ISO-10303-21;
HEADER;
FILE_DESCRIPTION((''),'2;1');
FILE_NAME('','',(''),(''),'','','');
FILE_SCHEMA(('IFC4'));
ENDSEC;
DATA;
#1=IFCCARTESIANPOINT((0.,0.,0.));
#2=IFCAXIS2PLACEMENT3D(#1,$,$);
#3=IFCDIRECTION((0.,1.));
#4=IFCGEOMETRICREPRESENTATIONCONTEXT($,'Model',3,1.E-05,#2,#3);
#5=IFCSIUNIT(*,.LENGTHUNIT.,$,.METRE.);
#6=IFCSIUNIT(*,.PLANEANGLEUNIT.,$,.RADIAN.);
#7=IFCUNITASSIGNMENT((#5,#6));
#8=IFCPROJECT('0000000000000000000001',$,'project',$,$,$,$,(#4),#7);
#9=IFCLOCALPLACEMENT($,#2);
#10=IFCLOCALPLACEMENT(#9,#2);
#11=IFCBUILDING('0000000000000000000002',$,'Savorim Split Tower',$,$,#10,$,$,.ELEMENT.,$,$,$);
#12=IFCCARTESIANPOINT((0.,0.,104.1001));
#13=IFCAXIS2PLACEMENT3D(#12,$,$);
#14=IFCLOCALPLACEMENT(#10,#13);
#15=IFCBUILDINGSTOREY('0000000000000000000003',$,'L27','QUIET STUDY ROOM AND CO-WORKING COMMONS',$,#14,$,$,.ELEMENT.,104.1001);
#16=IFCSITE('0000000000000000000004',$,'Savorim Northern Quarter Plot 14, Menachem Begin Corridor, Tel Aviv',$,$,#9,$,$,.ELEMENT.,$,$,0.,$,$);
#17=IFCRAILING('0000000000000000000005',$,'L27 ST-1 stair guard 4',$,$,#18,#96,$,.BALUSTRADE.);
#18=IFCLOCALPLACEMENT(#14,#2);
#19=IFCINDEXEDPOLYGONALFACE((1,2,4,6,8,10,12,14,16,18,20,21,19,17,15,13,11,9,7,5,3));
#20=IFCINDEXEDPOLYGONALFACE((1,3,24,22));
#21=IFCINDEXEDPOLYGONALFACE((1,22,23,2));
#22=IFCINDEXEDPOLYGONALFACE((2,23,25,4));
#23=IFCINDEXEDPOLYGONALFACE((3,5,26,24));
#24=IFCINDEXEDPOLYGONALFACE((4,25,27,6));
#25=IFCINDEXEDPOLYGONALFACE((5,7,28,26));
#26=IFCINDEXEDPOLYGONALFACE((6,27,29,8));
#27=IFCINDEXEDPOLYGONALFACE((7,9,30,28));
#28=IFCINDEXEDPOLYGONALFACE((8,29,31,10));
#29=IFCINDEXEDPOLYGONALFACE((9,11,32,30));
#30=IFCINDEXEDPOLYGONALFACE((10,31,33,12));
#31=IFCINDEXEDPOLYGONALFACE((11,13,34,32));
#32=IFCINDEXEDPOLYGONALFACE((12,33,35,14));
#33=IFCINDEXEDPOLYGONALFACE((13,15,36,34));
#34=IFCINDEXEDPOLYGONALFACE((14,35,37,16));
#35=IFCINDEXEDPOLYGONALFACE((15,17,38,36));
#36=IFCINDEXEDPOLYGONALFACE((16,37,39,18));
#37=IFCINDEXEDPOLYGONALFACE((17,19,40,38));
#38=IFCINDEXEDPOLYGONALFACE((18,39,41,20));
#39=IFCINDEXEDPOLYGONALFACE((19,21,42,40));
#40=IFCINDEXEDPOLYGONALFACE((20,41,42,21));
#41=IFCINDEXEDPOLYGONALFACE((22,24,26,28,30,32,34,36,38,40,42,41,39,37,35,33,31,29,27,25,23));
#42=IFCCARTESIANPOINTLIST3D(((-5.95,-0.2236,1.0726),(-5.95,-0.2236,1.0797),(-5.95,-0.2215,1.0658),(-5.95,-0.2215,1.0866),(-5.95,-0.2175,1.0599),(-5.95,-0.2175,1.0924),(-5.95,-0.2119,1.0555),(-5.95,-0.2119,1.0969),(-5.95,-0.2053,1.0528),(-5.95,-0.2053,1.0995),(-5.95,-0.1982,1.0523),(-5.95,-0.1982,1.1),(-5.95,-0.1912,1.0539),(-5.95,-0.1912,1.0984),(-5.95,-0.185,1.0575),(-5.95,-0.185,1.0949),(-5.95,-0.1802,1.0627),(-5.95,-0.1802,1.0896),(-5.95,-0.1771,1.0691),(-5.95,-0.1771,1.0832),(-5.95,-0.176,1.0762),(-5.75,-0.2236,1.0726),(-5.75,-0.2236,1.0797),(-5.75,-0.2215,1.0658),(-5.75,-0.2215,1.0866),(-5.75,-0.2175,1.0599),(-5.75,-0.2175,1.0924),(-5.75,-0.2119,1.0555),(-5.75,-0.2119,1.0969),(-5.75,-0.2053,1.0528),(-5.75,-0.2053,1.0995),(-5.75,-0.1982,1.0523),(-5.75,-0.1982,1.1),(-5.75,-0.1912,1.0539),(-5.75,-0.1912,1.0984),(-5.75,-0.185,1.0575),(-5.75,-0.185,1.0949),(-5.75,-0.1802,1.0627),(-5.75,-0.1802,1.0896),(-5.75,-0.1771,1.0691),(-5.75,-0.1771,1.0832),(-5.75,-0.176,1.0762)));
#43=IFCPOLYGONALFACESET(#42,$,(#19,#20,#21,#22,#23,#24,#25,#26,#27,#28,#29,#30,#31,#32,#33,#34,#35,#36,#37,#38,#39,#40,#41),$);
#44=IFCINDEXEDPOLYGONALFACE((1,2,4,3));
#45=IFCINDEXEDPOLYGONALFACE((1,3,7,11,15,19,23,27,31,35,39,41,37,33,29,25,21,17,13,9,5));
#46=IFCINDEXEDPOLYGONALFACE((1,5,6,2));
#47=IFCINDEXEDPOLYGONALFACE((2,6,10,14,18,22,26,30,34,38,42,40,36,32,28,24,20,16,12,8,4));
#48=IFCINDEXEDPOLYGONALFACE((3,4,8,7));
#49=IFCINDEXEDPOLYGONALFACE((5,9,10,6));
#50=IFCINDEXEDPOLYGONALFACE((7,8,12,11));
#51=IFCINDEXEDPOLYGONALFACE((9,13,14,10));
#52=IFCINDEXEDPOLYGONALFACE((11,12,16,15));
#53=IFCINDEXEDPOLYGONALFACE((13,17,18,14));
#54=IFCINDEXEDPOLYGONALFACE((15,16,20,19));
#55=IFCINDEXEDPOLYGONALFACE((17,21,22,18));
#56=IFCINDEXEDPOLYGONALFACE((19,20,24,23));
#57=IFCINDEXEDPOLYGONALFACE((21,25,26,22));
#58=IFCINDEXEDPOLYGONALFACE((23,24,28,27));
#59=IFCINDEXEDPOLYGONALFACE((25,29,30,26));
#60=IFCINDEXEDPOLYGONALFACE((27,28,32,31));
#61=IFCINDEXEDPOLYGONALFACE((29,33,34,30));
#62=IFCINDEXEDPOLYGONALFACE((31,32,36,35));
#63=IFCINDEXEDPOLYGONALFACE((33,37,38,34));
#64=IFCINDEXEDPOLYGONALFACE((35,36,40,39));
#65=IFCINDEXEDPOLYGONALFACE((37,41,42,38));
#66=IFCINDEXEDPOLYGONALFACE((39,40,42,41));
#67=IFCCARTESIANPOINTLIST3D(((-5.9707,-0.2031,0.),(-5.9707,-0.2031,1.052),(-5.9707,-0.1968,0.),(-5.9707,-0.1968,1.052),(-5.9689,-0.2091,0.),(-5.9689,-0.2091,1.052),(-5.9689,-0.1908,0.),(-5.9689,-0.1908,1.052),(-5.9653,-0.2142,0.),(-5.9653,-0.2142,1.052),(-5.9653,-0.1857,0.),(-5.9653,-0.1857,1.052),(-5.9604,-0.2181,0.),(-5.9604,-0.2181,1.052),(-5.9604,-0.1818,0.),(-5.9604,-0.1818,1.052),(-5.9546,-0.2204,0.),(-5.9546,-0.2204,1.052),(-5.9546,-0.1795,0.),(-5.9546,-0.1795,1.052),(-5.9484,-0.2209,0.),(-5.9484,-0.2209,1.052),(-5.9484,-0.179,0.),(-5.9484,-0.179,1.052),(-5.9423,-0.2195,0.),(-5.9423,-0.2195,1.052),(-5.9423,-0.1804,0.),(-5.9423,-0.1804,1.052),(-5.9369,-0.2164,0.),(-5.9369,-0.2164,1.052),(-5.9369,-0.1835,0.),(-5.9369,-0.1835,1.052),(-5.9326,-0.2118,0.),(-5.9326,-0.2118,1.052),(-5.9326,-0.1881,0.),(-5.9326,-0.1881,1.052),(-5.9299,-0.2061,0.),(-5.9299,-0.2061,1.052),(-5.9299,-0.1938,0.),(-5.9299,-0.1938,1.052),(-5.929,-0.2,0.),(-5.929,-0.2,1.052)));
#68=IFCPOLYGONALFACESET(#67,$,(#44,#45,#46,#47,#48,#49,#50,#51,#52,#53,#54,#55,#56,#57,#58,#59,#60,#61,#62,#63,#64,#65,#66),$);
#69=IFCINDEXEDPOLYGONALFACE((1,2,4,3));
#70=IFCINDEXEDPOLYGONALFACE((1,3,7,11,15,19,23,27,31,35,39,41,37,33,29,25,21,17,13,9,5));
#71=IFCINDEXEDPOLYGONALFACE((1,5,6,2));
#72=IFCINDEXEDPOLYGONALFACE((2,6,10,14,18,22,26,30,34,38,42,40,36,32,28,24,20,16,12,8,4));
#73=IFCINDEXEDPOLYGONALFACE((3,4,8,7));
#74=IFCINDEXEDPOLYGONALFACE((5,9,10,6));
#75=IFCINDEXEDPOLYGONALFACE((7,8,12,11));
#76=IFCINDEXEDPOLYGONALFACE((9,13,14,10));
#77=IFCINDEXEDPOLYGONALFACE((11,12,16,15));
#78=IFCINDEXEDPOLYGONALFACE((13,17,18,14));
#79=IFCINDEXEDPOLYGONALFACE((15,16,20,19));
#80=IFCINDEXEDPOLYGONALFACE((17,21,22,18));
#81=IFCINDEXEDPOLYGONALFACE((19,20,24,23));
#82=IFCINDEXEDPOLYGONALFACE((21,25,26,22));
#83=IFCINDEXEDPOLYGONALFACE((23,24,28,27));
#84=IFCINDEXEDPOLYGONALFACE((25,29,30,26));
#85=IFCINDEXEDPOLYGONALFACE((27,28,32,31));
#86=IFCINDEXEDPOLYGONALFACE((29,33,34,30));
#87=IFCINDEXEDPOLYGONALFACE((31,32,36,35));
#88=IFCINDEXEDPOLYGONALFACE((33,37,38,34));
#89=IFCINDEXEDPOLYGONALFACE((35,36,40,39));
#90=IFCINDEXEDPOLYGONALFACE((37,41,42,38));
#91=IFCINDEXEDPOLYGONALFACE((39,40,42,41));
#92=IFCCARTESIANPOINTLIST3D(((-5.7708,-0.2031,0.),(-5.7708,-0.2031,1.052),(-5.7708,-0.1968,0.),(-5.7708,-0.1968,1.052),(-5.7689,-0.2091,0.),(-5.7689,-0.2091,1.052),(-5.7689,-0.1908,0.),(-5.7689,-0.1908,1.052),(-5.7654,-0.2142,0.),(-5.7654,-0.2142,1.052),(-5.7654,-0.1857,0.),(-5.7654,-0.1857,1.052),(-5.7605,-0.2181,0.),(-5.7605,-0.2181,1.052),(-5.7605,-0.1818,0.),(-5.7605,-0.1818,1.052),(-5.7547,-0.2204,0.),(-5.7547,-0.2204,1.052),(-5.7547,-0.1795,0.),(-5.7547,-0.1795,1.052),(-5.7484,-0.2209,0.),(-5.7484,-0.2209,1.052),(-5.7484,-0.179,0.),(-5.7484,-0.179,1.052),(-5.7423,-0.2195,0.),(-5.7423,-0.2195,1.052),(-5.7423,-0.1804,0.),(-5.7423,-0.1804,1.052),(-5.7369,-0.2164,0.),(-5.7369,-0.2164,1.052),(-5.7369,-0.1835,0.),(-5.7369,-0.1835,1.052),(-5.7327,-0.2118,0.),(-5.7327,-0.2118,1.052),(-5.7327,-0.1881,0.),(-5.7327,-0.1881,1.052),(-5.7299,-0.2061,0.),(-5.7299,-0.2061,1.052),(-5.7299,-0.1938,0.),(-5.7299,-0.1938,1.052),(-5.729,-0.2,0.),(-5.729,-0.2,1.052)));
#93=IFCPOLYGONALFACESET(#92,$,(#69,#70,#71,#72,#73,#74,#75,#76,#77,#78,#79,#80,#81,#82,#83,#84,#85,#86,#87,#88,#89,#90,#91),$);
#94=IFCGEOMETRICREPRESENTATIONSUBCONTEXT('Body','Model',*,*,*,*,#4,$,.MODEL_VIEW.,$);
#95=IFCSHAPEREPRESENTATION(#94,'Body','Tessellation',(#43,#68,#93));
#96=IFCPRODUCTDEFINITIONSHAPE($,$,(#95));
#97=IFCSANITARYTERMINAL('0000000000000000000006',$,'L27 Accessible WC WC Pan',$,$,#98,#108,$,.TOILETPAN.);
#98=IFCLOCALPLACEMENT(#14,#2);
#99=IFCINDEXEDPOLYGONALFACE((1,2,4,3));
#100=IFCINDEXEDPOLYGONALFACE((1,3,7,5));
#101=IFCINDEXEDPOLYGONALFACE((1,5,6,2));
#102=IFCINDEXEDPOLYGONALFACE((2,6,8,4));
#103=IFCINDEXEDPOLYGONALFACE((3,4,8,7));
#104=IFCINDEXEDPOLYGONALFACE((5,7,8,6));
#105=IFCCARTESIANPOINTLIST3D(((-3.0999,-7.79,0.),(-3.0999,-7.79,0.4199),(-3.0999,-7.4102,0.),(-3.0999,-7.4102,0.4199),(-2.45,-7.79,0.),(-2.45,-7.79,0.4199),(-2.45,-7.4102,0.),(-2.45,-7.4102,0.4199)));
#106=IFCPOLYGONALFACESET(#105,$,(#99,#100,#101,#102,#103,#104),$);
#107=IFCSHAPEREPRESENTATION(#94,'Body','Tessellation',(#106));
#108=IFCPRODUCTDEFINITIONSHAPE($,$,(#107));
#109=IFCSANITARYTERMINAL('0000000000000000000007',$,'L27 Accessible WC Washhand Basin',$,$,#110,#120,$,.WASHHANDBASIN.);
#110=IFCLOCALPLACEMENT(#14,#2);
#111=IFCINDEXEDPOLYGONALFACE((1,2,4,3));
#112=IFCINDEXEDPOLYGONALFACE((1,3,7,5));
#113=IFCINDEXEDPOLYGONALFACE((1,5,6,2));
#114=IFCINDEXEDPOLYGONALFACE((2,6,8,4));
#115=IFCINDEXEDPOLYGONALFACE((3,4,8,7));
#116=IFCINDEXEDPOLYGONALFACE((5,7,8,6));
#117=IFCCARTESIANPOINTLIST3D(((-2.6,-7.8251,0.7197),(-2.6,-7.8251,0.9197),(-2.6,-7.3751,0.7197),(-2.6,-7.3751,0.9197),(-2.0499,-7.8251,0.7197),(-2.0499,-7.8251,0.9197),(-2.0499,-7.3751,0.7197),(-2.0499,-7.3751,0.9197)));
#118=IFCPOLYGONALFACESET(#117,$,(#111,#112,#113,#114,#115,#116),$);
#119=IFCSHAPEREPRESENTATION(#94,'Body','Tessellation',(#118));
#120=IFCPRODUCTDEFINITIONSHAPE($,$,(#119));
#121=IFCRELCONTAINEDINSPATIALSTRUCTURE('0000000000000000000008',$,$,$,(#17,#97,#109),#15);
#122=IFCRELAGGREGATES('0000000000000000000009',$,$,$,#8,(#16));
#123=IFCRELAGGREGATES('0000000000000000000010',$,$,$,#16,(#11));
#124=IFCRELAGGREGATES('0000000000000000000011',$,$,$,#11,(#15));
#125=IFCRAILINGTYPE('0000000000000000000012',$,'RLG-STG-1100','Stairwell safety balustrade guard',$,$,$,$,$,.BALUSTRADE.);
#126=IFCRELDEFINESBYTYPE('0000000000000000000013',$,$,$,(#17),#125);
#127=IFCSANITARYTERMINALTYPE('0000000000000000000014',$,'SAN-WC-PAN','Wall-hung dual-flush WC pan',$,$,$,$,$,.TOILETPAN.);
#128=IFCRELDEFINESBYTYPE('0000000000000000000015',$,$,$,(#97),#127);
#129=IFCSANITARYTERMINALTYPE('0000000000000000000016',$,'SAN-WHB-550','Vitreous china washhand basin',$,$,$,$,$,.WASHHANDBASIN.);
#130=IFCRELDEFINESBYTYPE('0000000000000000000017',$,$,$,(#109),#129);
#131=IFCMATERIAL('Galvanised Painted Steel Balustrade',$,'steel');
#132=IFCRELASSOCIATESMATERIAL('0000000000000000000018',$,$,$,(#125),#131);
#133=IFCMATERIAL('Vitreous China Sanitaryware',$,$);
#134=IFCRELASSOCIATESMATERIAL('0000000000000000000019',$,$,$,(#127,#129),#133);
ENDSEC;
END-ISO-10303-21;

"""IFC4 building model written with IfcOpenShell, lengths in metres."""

from ifc_helpers import new_model, si_unit, direction, frame, origin, origin_2d, place, context, subcontext, project, spatial, rectangle, circle, extrude, material, type_object, element, save


model = new_model("IFC4")

# Units and contexts
model_context = context("Model", 3, precision=1e-05, world=origin(), true_north=direction((0.0, 1.0)))
body_context = subcontext(model_context, "Body", "Model", "MODEL_VIEW")
ifc_project = project(units=[si_unit("LENGTHUNIT", "METRE"), si_unit("PLANEANGLEUNIT", "RADIAN")], contexts=[model_context])

# Site, building, storey
site_placement = place(None, origin())
site = spatial("IfcSite", under=ifc_project, at=site_placement, Name="Savorim Northern Quarter Plot 14, Menachem Begin Corridor, Tel Aviv", CompositionType="ELEMENT", RefElevation=0.0)
building_placement = place(site_placement, origin())
building = spatial("IfcBuilding", under=site, at=building_placement, Name="Savorim Split Tower", CompositionType="ELEMENT")
storey_placement = place(building_placement, frame((0.0, 0.0, 104.1001)))
storey = spatial("IfcBuildingStorey", under=building, at=storey_placement, Name="L27", Description="QUIET STUDY ROOM AND CO-WORKING COMMONS", CompositionType="ELEMENT", Elevation=104.1001)

# Railing
ifc_material_1 = material(Name="Galvanised Painted Steel Balustrade", Category="steel")
railing_type_1 = type_object("IfcRailingType", Name="RLG-STG-1100", Description="Stairwell safety balustrade guard", PredefinedType="BALUSTRADE", material=ifc_material_1)
railing_1_placement = place(storey_placement, frame((-5.95, -0.2, 0.0)))
element("IfcRailing", 1, at=railing_1_placement, inside=storey, type_object=railing_type_1, Name="L27 ST-1 stair guard 4", PredefinedType="BALUSTRADE", context=body_context, shape_type="SweptSolid", body=[
    extrude(circle(Radius=0.0239, at=origin_2d()), frame((0.0, 0.0, 1.0762), z_axis=(1.0, 0.0, 0.0), x_axis=(0.0, 1.0, 0.0)), (0.0, 0.0, 1.0), 0.2),
    extrude(circle(Radius=0.021, at=origin_2d()), origin(), (0.0, 0.0, 1.0), 1.052),
    extrude(circle(Radius=0.021, at=origin_2d()), frame((0.2, 0.0, 0.0)), (0.0, 0.0, 1.0), 1.052),
])

# Sanitary terminals
ifc_material_2 = material(Name="Vitreous China Sanitaryware")
sanitary_terminal_type_1 = type_object("IfcSanitaryTerminalType", Name="SAN-WC-PAN", Description="Wall-hung dual-flush WC pan", PredefinedType="TOILETPAN", material=ifc_material_2)
sanitary_terminal_1_placement = place(storey_placement, frame((-2.7749, -7.6001, 0.0), z_axis=(0.0, 0.0, 1.0), x_axis=(1.0, 0.0, 0.0)))
element("IfcSanitaryTerminal", 2, at=sanitary_terminal_1_placement, inside=storey, type_object=sanitary_terminal_type_1, Name="L27 Accessible WC WC Pan", PredefinedType="TOILETPAN", context=body_context, shape_type="SweptSolid", body=[
    extrude(rectangle(XDim=0.6499, YDim=0.3799, at=origin_2d()), origin(), (0.0, 0.0, 1.0), 0.4199),
])
sanitary_terminal_type_2 = type_object("IfcSanitaryTerminalType", Name="SAN-WHB-550", Description="Vitreous china washhand basin", PredefinedType="WASHHANDBASIN", material=ifc_material_2)
sanitary_terminal_2_placement = place(storey_placement, frame((-2.325, -7.6001, 0.7197), z_axis=(0.0, 0.0, 1.0), x_axis=(1.0, 0.0, 0.0)))
element("IfcSanitaryTerminal", 3, at=sanitary_terminal_2_placement, inside=storey, type_object=sanitary_terminal_type_2, Name="L27 Accessible WC Washhand Basin", PredefinedType="WASHHANDBASIN", context=body_context, shape_type="SweptSolid", body=[
    extrude(rectangle(XDim=0.55, YDim=0.45, at=origin_2d()), origin(), (0.0, 0.0, 1.0), 0.2),
])

save(model, "model.ifc")
